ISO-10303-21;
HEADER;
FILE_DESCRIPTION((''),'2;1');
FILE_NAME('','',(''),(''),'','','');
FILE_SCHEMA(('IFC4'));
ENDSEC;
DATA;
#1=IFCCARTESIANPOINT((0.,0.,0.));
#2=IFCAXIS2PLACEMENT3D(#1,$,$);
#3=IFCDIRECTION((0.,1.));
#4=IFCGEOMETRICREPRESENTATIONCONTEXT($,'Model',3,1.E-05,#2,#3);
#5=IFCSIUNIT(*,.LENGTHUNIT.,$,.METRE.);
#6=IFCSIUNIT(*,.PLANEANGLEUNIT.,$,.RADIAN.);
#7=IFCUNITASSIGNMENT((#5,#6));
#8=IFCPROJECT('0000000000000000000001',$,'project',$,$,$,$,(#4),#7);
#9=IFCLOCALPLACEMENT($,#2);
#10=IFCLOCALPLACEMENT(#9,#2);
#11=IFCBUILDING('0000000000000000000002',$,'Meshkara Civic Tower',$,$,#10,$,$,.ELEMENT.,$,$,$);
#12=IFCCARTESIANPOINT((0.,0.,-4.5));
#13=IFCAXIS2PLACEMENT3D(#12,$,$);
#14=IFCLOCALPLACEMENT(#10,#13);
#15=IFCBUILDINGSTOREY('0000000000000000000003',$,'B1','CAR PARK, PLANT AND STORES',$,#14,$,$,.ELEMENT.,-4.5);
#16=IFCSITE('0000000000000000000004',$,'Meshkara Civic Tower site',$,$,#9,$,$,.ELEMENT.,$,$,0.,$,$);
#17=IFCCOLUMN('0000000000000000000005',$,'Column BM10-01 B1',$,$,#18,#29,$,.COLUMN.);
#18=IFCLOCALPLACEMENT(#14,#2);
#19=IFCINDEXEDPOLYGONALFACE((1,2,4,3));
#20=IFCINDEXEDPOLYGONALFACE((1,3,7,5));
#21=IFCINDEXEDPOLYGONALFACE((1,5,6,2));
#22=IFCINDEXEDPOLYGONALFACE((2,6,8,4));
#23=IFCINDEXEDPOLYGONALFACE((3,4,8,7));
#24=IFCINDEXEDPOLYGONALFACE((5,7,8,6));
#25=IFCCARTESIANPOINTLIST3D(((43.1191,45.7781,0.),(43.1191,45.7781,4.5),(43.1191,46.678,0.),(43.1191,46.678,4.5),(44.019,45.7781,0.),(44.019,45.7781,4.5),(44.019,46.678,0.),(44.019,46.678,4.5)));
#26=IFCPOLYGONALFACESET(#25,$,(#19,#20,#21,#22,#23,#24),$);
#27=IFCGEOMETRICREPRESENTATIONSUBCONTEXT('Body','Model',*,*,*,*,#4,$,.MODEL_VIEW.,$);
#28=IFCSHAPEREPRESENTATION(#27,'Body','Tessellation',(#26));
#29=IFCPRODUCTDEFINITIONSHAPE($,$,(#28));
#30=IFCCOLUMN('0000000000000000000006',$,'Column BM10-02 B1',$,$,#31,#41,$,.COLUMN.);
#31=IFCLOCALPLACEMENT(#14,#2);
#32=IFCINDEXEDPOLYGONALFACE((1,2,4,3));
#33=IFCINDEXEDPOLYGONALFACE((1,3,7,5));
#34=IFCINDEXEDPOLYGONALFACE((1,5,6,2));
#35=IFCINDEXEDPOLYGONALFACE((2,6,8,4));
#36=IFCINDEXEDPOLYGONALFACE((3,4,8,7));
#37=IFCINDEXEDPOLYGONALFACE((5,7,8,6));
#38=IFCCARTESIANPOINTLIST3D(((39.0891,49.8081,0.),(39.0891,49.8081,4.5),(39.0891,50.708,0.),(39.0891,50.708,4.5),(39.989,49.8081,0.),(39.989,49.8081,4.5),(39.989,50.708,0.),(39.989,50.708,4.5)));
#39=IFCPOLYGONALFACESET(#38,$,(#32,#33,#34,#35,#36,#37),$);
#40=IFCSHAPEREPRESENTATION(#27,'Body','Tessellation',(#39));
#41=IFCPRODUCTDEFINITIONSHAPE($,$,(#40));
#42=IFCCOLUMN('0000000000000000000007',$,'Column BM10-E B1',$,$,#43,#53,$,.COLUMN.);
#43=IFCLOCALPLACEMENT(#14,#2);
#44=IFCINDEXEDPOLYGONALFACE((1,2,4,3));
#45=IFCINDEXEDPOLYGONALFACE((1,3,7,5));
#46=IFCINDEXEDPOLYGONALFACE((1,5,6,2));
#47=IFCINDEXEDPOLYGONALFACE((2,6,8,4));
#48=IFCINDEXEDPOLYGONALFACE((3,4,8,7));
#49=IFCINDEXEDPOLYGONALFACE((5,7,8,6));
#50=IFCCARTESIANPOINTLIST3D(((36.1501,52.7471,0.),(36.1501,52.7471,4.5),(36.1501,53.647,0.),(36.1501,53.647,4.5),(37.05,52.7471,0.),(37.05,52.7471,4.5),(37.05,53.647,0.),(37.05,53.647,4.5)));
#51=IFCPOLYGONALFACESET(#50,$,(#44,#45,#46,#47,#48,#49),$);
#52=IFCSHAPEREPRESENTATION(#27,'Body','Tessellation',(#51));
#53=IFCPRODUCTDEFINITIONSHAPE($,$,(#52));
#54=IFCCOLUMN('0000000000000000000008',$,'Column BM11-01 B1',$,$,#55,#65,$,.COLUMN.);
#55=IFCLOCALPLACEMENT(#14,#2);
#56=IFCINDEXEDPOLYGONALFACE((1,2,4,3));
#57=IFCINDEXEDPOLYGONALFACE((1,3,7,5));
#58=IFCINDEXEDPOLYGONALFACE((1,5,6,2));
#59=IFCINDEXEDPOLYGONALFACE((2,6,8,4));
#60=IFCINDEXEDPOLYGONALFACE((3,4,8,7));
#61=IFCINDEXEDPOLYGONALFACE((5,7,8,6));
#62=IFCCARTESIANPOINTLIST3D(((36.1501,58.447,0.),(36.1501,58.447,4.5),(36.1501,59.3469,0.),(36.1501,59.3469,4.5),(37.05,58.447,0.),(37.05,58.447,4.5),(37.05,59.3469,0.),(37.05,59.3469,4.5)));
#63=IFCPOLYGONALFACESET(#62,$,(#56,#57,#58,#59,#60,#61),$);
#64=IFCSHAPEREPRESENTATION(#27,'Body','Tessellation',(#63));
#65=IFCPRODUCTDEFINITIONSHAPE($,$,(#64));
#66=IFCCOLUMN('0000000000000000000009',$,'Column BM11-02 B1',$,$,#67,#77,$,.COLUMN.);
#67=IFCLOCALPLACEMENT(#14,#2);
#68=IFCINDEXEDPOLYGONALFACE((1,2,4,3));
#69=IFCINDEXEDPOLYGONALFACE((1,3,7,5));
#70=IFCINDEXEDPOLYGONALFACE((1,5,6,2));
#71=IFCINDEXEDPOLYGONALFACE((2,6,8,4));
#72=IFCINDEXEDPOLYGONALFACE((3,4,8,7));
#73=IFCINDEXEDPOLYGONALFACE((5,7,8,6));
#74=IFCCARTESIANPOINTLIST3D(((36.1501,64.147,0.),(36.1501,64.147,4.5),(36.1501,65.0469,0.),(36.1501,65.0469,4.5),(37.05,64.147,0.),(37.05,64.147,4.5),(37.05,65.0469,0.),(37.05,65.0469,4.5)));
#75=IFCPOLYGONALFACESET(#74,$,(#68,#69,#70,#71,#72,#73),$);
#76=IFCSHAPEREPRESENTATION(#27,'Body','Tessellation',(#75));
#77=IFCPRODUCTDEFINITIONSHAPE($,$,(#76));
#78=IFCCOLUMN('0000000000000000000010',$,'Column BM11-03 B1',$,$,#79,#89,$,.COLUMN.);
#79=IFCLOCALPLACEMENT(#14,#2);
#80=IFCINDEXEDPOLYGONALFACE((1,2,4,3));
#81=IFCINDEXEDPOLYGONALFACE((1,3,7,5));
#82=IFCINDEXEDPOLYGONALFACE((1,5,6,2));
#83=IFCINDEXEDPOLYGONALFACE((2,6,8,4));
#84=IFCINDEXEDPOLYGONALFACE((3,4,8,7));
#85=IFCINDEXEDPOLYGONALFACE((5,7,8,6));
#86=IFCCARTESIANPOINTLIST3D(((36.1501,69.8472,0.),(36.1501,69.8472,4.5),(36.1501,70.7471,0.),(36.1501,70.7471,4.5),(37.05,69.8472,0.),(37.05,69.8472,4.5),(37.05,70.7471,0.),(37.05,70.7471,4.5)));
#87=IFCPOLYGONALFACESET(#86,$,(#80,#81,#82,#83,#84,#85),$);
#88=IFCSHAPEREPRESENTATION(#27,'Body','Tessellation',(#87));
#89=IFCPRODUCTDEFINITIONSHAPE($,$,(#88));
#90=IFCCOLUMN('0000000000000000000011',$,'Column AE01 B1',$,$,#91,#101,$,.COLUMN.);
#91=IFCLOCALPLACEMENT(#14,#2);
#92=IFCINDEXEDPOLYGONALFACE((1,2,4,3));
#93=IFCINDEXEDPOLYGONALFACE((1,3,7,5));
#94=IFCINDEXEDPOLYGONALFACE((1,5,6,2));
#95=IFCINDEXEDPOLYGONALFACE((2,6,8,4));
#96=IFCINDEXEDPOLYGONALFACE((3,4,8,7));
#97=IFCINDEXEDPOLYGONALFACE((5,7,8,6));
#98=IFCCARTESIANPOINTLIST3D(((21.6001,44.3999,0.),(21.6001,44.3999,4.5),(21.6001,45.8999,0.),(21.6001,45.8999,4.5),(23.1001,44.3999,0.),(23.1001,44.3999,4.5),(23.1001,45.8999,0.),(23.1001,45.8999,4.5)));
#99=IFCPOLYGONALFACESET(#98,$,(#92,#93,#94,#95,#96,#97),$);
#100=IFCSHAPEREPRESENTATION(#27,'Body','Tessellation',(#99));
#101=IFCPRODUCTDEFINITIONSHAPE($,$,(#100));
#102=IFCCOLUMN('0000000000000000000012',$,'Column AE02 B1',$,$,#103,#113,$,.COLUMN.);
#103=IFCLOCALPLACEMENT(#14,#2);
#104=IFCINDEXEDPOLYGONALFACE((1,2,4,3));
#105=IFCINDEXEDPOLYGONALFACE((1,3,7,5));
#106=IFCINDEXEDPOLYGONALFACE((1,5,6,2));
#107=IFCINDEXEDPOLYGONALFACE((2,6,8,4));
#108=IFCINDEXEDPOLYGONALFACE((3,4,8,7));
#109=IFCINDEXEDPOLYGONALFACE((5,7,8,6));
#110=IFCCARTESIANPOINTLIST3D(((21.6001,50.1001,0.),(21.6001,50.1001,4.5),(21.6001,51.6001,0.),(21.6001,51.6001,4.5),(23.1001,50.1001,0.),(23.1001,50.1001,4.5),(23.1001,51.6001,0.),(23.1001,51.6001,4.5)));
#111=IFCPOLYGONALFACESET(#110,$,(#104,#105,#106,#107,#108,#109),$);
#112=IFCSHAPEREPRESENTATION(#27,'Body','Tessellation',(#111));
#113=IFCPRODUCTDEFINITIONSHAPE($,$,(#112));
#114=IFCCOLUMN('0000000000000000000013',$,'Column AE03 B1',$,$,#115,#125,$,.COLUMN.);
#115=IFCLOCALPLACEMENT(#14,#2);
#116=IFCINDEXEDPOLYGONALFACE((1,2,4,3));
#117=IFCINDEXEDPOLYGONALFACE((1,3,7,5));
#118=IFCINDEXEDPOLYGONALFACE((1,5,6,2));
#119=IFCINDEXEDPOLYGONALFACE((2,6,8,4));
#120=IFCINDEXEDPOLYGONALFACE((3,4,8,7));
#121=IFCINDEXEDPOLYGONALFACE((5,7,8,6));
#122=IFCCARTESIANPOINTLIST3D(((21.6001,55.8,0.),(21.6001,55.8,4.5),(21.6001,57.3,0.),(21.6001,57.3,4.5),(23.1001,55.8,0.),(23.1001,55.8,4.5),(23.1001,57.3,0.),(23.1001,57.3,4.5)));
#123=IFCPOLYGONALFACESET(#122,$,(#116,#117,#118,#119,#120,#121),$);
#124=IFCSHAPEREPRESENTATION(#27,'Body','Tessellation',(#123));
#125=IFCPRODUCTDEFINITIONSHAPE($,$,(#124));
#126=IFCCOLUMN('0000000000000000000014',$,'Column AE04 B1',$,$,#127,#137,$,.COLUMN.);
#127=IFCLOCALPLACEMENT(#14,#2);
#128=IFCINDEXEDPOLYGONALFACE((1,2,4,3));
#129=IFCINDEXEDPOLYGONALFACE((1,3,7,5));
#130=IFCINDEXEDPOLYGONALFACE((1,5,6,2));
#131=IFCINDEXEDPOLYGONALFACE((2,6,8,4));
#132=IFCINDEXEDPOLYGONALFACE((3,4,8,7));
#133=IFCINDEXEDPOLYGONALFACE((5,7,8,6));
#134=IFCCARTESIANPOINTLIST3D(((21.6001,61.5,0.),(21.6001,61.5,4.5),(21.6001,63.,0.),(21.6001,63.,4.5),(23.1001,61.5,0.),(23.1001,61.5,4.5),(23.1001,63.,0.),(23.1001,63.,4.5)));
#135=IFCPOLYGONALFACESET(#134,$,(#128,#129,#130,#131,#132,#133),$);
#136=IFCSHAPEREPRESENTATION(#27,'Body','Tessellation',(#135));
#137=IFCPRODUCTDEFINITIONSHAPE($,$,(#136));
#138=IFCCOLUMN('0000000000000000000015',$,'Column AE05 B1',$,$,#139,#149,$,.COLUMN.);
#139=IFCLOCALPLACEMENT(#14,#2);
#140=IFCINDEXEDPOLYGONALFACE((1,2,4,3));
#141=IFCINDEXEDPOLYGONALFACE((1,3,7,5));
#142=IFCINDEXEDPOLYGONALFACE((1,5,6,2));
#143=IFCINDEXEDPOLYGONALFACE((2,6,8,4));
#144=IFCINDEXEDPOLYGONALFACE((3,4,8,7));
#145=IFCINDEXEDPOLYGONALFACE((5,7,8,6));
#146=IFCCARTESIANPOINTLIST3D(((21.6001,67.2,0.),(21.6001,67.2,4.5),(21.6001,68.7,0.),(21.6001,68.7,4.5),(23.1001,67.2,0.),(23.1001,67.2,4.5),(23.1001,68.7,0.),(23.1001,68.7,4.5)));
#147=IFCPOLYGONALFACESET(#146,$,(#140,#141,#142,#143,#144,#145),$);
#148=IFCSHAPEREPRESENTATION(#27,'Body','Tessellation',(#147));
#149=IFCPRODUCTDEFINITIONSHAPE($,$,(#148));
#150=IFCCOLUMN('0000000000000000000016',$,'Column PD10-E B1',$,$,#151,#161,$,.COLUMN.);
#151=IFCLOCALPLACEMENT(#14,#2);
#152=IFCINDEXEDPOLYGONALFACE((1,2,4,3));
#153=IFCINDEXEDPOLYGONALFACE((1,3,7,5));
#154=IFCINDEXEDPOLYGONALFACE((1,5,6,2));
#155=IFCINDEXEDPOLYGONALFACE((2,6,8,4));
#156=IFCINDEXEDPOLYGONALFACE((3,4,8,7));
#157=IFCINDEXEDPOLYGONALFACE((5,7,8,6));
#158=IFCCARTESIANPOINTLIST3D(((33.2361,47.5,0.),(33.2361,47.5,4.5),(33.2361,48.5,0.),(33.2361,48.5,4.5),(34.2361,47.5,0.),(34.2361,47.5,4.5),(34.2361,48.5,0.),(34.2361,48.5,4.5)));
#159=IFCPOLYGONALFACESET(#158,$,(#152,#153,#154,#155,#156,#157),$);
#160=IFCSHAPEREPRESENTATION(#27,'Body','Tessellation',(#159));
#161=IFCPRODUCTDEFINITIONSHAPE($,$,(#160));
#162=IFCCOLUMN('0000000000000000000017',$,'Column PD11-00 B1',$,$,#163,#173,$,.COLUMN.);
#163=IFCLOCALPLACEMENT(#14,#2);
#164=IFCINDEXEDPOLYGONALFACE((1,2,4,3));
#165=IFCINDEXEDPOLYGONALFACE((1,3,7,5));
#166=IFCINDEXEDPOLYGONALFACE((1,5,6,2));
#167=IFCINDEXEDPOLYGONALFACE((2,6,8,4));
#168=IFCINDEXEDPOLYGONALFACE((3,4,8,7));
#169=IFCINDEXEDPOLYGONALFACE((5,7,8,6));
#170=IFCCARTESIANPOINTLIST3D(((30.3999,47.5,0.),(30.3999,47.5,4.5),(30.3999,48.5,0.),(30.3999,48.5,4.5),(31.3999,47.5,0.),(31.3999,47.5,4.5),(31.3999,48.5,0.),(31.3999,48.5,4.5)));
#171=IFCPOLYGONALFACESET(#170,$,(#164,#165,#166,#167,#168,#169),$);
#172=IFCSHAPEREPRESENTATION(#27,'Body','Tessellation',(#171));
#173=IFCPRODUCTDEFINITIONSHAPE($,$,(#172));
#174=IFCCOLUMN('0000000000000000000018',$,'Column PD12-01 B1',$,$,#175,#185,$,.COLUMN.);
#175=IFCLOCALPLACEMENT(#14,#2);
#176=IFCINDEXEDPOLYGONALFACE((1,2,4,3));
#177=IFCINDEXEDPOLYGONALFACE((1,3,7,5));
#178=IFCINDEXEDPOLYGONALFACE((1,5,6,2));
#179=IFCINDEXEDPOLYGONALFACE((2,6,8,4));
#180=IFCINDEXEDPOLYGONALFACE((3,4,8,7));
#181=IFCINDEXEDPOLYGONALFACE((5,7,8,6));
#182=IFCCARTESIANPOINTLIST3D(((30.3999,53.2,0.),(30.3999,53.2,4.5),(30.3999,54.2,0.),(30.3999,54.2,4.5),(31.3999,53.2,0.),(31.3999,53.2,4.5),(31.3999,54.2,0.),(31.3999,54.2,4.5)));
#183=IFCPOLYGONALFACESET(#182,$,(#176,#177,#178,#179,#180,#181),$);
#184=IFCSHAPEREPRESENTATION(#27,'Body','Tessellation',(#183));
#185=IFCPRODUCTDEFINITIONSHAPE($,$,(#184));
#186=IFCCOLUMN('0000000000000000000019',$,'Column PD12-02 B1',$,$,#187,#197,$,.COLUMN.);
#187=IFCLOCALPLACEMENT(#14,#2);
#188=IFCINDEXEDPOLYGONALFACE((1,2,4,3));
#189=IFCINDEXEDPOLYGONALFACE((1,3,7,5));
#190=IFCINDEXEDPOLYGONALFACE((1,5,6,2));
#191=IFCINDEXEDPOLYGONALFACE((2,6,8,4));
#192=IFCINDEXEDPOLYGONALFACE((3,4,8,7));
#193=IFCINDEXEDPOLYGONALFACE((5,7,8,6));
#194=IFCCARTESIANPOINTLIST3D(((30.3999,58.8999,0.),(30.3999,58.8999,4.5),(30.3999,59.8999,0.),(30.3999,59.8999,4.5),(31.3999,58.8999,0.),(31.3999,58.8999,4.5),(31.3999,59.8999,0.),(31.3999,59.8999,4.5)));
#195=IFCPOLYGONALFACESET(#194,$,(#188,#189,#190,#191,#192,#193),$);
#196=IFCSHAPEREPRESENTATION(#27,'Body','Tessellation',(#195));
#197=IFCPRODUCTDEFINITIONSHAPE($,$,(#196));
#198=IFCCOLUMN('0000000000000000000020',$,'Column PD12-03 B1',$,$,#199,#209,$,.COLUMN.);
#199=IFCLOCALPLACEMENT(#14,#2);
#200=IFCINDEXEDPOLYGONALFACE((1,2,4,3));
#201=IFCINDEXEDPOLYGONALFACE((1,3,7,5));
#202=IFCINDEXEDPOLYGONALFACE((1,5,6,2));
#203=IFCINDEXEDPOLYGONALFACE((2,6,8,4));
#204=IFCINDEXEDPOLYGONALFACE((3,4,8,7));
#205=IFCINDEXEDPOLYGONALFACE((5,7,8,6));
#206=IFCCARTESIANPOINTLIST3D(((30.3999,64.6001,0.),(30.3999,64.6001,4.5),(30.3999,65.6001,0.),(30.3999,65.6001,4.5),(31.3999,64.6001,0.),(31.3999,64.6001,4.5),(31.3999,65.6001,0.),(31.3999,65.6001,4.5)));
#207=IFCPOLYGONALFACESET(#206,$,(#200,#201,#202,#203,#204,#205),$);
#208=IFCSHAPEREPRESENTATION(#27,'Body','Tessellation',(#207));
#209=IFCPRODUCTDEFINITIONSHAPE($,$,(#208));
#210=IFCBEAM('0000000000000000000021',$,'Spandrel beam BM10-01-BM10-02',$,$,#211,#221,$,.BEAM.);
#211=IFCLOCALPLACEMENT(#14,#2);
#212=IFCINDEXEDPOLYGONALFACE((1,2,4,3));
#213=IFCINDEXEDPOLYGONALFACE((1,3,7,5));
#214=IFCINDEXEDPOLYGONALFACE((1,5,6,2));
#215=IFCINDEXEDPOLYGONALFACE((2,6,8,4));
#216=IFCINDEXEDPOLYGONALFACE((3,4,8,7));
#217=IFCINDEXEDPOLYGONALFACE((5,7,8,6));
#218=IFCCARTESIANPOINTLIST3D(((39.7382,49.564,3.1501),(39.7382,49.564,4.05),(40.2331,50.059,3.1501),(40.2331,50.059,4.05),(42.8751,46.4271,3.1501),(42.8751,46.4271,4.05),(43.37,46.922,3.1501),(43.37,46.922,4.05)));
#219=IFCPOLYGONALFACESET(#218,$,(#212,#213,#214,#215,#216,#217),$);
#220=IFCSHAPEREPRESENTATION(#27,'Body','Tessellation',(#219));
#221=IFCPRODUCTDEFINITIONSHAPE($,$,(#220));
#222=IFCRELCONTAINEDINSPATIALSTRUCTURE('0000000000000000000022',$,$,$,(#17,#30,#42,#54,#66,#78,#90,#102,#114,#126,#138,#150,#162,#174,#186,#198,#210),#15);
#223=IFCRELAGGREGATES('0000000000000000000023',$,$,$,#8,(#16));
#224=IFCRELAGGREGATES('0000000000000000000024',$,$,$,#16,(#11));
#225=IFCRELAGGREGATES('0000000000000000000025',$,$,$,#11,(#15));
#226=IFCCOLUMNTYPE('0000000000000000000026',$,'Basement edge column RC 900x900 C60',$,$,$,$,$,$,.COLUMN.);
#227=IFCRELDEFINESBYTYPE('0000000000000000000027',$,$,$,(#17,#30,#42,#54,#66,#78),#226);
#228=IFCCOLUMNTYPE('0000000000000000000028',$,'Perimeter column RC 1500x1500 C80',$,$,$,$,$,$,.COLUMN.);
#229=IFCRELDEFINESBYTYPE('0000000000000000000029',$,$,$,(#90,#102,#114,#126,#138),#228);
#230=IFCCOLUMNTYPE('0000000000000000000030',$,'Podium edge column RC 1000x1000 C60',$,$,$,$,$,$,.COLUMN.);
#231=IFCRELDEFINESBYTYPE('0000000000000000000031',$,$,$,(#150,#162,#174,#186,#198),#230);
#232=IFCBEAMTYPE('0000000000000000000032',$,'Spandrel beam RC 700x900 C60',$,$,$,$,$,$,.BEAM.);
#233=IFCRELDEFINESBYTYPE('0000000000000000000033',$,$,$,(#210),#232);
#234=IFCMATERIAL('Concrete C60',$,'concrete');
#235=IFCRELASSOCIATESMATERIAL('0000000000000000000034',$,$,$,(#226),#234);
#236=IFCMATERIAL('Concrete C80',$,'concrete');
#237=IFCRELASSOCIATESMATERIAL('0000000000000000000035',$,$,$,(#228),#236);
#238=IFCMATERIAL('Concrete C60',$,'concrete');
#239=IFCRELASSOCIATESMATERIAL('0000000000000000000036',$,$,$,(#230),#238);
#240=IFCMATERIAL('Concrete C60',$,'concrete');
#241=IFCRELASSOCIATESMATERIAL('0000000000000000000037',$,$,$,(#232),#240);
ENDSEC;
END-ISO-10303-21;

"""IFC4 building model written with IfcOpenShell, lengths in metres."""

from ifc_helpers import new_model, si_unit, direction, frame, origin, origin_2d, place, context, subcontext, project, spatial, rectangle, extrude, material, material_profile, profile_set, type_object, element, save


model = new_model("IFC4")

# Units and contexts
model_context = context("Model", 3, precision=1e-05, world=origin(), true_north=direction((0.0, 1.0)))
body_context = subcontext(model_context, "Body", "Model", "MODEL_VIEW")
ifc_project = project(units=[si_unit("LENGTHUNIT", "METRE"), si_unit("PLANEANGLEUNIT", "RADIAN")], contexts=[model_context])

# Site, building, storey
site_placement = place(None, origin())
site = spatial("IfcSite", under=ifc_project, at=site_placement, Name="Meshkara Civic Tower site", CompositionType="ELEMENT", RefElevation=0.0)
building_placement = place(site_placement, origin())
building = spatial("IfcBuilding", under=site, at=building_placement, Name="Meshkara Civic Tower", CompositionType="ELEMENT")
storey_placement = place(building_placement, frame((0.0, 0.0, -4.5)))
storey = spatial("IfcBuildingStorey", under=building, at=storey_placement, Name="B1", Description="CAR PARK, PLANT AND STORES", CompositionType="ELEMENT", Elevation=-4.5)

# Columns
ifc_material_1 = material(Name="Concrete C60", Category="concrete")
ifc_material_profile_1 = material_profile(ifc_material_1, rectangle(XDim=0.8999, YDim=0.8999, at=origin_2d()))
ifc_profile_set_1 = profile_set([ifc_material_profile_1], Name="Concrete C60")
column_type_1 = type_object("IfcColumnType", Name="Basement edge column RC 900x900 C60", PredefinedType="COLUMN", material=ifc_profile_set_1)
for number, where, z_axis, x_axis, name in (
    (1, (43.5691, 46.228, 0.0), (0.0, 0.0, 1.0), (1.0, 0.0, 0.0), "Column BM10-01 B1"),
    (2, (39.5391, 50.2581, 0.0), (0.0, 0.0, 1.0), (1.0, 0.0, 0.0), "Column BM10-02 B1"),
    (3, (36.6001, 53.197, 0.0), (0.0, 0.0, 1.0), (1.0, 0.0, 0.0), "Column BM10-E B1"),
    (4, (36.6001, 58.897, 0.0), (0.0, 0.0, 1.0), (1.0, 0.0, 0.0), "Column BM11-01 B1"),
    (5, (36.6001, 64.5969, 0.0), (0.0, 0.0, 1.0), (1.0, 0.0, 0.0), "Column BM11-02 B1"),
    (6, (36.6001, 70.2971, 0.0), (0.0, 0.0, 1.0), (1.0, 0.0, 0.0), "Column BM11-03 B1"),
):
    element("IfcColumn", number, at=place(storey_placement, frame(where, z_axis=z_axis, x_axis=x_axis)), inside=storey, type_object=column_type_1, Name=name, PredefinedType="COLUMN", context=body_context, shape_type="SweptSolid", body=[
        extrude(rectangle(XDim=0.8999, YDim=0.8999, at=origin_2d()), origin(), (0.0, 0.0, 1.0), 4.5),
    ])
ifc_material_2 = material(Name="Concrete C80", Category="concrete")
ifc_material_profile_2 = material_profile(ifc_material_2, rectangle(XDim=1.5, YDim=1.5, at=origin_2d()))
ifc_profile_set_2 = profile_set([ifc_material_profile_2], Name="Concrete C80")
column_type_2 = type_object("IfcColumnType", Name="Perimeter column RC 1500x1500 C80", PredefinedType="COLUMN", material=ifc_profile_set_2)
for number, where, z_axis, x_axis, name in (
    (7, (22.3501, 45.1499, 0.0), (0.0, 0.0, 1.0), (1.0, 0.0, 0.0), "Column AE01 B1"),
    (8, (22.3501, 50.8501, 0.0), (0.0, 0.0, 1.0), (1.0, 0.0, 0.0), "Column AE02 B1"),
    (9, (22.3501, 56.55, 0.0), (0.0, 0.0, 1.0), (1.0, 0.0, 0.0), "Column AE03 B1"),
    (10, (22.3501, 62.25, 0.0), (0.0, 0.0, 1.0), (1.0, 0.0, 0.0), "Column AE04 B1"),
    (11, (22.3501, 67.95, 0.0), (0.0, 0.0, 1.0), (1.0, 0.0, 0.0), "Column AE05 B1"),
):
    element("IfcColumn", number, at=place(storey_placement, frame(where, z_axis=z_axis, x_axis=x_axis)), inside=storey, type_object=column_type_2, Name=name, PredefinedType="COLUMN", context=body_context, shape_type="SweptSolid", body=[
        extrude(rectangle(XDim=1.5, YDim=1.5, at=origin_2d()), origin(), (0.0, 0.0, 1.0), 4.5),
    ])
ifc_material_3 = material(Name="Concrete C60", Category="concrete")
ifc_material_profile_3 = material_profile(ifc_material_3, rectangle(XDim=1.0, YDim=1.0, at=origin_2d()))
ifc_profile_set_3 = profile_set([ifc_material_profile_3], Name="Concrete C60")
column_type_3 = type_object("IfcColumnType", Name="Podium edge column RC 1000x1000 C60", PredefinedType="COLUMN", material=ifc_profile_set_3)
for number, where, z_axis, x_axis, name in (
    (12, (33.7361, 48.0, 0.0), (0.0, 0.0, 1.0), (1.0, 0.0, 0.0), "Column PD10-E B1"),
    (13, (30.8999, 48.0, 0.0), (0.0, 0.0, 1.0), (1.0, 0.0, 0.0), "Column PD11-00 B1"),
    (14, (30.8999, 53.7, 0.0), (0.0, 0.0, 1.0), (1.0, 0.0, 0.0), "Column PD12-01 B1"),
    (15, (30.8999, 59.3999, 0.0), (0.0, 0.0, 1.0), (1.0, 0.0, 0.0), "Column PD12-02 B1"),
    (16, (30.8999, 65.1001, 0.0), (0.0, 0.0, 1.0), (1.0, 0.0, 0.0), "Column PD12-03 B1"),
):
    element("IfcColumn", number, at=place(storey_placement, frame(where, z_axis=z_axis, x_axis=x_axis)), inside=storey, type_object=column_type_3, Name=name, PredefinedType="COLUMN", context=body_context, shape_type="SweptSolid", body=[
        extrude(rectangle(XDim=1.0, YDim=1.0, at=origin_2d()), origin(), (0.0, 0.0, 1.0), 4.5),
    ])

# Beam
ifc_material_4 = material(Name="Concrete C60", Category="concrete")
ifc_material_profile_4 = material_profile(ifc_material_4, rectangle(XDim=0.7, YDim=0.8999, at=origin_2d()))
ifc_profile_set_4 = profile_set([ifc_material_profile_4], Name="Concrete C60")
beam_type = type_object("IfcBeamType", Name="Spandrel beam RC 700x900 C60", PredefinedType="BEAM", material=ifc_profile_set_4)
beam_1_placement = place(storey_placement, frame((43.1226, 46.6746, 3.6001), z_axis=(-0.707107, 0.707107, 0.0), x_axis=(-0.707107, -0.707107, 0.0)))
element("IfcBeam", 17, at=beam_1_placement, inside=storey, type_object=beam_type, Name="Spandrel beam BM10-01-BM10-02", PredefinedType="BEAM", context=body_context, shape_type="SweptSolid", body=[
    extrude(rectangle(XDim=0.7, YDim=0.8999, at=origin_2d()), origin(), (0.0, 0.0, 1.0), 4.4363),
])

save(model, "model.ifc")
